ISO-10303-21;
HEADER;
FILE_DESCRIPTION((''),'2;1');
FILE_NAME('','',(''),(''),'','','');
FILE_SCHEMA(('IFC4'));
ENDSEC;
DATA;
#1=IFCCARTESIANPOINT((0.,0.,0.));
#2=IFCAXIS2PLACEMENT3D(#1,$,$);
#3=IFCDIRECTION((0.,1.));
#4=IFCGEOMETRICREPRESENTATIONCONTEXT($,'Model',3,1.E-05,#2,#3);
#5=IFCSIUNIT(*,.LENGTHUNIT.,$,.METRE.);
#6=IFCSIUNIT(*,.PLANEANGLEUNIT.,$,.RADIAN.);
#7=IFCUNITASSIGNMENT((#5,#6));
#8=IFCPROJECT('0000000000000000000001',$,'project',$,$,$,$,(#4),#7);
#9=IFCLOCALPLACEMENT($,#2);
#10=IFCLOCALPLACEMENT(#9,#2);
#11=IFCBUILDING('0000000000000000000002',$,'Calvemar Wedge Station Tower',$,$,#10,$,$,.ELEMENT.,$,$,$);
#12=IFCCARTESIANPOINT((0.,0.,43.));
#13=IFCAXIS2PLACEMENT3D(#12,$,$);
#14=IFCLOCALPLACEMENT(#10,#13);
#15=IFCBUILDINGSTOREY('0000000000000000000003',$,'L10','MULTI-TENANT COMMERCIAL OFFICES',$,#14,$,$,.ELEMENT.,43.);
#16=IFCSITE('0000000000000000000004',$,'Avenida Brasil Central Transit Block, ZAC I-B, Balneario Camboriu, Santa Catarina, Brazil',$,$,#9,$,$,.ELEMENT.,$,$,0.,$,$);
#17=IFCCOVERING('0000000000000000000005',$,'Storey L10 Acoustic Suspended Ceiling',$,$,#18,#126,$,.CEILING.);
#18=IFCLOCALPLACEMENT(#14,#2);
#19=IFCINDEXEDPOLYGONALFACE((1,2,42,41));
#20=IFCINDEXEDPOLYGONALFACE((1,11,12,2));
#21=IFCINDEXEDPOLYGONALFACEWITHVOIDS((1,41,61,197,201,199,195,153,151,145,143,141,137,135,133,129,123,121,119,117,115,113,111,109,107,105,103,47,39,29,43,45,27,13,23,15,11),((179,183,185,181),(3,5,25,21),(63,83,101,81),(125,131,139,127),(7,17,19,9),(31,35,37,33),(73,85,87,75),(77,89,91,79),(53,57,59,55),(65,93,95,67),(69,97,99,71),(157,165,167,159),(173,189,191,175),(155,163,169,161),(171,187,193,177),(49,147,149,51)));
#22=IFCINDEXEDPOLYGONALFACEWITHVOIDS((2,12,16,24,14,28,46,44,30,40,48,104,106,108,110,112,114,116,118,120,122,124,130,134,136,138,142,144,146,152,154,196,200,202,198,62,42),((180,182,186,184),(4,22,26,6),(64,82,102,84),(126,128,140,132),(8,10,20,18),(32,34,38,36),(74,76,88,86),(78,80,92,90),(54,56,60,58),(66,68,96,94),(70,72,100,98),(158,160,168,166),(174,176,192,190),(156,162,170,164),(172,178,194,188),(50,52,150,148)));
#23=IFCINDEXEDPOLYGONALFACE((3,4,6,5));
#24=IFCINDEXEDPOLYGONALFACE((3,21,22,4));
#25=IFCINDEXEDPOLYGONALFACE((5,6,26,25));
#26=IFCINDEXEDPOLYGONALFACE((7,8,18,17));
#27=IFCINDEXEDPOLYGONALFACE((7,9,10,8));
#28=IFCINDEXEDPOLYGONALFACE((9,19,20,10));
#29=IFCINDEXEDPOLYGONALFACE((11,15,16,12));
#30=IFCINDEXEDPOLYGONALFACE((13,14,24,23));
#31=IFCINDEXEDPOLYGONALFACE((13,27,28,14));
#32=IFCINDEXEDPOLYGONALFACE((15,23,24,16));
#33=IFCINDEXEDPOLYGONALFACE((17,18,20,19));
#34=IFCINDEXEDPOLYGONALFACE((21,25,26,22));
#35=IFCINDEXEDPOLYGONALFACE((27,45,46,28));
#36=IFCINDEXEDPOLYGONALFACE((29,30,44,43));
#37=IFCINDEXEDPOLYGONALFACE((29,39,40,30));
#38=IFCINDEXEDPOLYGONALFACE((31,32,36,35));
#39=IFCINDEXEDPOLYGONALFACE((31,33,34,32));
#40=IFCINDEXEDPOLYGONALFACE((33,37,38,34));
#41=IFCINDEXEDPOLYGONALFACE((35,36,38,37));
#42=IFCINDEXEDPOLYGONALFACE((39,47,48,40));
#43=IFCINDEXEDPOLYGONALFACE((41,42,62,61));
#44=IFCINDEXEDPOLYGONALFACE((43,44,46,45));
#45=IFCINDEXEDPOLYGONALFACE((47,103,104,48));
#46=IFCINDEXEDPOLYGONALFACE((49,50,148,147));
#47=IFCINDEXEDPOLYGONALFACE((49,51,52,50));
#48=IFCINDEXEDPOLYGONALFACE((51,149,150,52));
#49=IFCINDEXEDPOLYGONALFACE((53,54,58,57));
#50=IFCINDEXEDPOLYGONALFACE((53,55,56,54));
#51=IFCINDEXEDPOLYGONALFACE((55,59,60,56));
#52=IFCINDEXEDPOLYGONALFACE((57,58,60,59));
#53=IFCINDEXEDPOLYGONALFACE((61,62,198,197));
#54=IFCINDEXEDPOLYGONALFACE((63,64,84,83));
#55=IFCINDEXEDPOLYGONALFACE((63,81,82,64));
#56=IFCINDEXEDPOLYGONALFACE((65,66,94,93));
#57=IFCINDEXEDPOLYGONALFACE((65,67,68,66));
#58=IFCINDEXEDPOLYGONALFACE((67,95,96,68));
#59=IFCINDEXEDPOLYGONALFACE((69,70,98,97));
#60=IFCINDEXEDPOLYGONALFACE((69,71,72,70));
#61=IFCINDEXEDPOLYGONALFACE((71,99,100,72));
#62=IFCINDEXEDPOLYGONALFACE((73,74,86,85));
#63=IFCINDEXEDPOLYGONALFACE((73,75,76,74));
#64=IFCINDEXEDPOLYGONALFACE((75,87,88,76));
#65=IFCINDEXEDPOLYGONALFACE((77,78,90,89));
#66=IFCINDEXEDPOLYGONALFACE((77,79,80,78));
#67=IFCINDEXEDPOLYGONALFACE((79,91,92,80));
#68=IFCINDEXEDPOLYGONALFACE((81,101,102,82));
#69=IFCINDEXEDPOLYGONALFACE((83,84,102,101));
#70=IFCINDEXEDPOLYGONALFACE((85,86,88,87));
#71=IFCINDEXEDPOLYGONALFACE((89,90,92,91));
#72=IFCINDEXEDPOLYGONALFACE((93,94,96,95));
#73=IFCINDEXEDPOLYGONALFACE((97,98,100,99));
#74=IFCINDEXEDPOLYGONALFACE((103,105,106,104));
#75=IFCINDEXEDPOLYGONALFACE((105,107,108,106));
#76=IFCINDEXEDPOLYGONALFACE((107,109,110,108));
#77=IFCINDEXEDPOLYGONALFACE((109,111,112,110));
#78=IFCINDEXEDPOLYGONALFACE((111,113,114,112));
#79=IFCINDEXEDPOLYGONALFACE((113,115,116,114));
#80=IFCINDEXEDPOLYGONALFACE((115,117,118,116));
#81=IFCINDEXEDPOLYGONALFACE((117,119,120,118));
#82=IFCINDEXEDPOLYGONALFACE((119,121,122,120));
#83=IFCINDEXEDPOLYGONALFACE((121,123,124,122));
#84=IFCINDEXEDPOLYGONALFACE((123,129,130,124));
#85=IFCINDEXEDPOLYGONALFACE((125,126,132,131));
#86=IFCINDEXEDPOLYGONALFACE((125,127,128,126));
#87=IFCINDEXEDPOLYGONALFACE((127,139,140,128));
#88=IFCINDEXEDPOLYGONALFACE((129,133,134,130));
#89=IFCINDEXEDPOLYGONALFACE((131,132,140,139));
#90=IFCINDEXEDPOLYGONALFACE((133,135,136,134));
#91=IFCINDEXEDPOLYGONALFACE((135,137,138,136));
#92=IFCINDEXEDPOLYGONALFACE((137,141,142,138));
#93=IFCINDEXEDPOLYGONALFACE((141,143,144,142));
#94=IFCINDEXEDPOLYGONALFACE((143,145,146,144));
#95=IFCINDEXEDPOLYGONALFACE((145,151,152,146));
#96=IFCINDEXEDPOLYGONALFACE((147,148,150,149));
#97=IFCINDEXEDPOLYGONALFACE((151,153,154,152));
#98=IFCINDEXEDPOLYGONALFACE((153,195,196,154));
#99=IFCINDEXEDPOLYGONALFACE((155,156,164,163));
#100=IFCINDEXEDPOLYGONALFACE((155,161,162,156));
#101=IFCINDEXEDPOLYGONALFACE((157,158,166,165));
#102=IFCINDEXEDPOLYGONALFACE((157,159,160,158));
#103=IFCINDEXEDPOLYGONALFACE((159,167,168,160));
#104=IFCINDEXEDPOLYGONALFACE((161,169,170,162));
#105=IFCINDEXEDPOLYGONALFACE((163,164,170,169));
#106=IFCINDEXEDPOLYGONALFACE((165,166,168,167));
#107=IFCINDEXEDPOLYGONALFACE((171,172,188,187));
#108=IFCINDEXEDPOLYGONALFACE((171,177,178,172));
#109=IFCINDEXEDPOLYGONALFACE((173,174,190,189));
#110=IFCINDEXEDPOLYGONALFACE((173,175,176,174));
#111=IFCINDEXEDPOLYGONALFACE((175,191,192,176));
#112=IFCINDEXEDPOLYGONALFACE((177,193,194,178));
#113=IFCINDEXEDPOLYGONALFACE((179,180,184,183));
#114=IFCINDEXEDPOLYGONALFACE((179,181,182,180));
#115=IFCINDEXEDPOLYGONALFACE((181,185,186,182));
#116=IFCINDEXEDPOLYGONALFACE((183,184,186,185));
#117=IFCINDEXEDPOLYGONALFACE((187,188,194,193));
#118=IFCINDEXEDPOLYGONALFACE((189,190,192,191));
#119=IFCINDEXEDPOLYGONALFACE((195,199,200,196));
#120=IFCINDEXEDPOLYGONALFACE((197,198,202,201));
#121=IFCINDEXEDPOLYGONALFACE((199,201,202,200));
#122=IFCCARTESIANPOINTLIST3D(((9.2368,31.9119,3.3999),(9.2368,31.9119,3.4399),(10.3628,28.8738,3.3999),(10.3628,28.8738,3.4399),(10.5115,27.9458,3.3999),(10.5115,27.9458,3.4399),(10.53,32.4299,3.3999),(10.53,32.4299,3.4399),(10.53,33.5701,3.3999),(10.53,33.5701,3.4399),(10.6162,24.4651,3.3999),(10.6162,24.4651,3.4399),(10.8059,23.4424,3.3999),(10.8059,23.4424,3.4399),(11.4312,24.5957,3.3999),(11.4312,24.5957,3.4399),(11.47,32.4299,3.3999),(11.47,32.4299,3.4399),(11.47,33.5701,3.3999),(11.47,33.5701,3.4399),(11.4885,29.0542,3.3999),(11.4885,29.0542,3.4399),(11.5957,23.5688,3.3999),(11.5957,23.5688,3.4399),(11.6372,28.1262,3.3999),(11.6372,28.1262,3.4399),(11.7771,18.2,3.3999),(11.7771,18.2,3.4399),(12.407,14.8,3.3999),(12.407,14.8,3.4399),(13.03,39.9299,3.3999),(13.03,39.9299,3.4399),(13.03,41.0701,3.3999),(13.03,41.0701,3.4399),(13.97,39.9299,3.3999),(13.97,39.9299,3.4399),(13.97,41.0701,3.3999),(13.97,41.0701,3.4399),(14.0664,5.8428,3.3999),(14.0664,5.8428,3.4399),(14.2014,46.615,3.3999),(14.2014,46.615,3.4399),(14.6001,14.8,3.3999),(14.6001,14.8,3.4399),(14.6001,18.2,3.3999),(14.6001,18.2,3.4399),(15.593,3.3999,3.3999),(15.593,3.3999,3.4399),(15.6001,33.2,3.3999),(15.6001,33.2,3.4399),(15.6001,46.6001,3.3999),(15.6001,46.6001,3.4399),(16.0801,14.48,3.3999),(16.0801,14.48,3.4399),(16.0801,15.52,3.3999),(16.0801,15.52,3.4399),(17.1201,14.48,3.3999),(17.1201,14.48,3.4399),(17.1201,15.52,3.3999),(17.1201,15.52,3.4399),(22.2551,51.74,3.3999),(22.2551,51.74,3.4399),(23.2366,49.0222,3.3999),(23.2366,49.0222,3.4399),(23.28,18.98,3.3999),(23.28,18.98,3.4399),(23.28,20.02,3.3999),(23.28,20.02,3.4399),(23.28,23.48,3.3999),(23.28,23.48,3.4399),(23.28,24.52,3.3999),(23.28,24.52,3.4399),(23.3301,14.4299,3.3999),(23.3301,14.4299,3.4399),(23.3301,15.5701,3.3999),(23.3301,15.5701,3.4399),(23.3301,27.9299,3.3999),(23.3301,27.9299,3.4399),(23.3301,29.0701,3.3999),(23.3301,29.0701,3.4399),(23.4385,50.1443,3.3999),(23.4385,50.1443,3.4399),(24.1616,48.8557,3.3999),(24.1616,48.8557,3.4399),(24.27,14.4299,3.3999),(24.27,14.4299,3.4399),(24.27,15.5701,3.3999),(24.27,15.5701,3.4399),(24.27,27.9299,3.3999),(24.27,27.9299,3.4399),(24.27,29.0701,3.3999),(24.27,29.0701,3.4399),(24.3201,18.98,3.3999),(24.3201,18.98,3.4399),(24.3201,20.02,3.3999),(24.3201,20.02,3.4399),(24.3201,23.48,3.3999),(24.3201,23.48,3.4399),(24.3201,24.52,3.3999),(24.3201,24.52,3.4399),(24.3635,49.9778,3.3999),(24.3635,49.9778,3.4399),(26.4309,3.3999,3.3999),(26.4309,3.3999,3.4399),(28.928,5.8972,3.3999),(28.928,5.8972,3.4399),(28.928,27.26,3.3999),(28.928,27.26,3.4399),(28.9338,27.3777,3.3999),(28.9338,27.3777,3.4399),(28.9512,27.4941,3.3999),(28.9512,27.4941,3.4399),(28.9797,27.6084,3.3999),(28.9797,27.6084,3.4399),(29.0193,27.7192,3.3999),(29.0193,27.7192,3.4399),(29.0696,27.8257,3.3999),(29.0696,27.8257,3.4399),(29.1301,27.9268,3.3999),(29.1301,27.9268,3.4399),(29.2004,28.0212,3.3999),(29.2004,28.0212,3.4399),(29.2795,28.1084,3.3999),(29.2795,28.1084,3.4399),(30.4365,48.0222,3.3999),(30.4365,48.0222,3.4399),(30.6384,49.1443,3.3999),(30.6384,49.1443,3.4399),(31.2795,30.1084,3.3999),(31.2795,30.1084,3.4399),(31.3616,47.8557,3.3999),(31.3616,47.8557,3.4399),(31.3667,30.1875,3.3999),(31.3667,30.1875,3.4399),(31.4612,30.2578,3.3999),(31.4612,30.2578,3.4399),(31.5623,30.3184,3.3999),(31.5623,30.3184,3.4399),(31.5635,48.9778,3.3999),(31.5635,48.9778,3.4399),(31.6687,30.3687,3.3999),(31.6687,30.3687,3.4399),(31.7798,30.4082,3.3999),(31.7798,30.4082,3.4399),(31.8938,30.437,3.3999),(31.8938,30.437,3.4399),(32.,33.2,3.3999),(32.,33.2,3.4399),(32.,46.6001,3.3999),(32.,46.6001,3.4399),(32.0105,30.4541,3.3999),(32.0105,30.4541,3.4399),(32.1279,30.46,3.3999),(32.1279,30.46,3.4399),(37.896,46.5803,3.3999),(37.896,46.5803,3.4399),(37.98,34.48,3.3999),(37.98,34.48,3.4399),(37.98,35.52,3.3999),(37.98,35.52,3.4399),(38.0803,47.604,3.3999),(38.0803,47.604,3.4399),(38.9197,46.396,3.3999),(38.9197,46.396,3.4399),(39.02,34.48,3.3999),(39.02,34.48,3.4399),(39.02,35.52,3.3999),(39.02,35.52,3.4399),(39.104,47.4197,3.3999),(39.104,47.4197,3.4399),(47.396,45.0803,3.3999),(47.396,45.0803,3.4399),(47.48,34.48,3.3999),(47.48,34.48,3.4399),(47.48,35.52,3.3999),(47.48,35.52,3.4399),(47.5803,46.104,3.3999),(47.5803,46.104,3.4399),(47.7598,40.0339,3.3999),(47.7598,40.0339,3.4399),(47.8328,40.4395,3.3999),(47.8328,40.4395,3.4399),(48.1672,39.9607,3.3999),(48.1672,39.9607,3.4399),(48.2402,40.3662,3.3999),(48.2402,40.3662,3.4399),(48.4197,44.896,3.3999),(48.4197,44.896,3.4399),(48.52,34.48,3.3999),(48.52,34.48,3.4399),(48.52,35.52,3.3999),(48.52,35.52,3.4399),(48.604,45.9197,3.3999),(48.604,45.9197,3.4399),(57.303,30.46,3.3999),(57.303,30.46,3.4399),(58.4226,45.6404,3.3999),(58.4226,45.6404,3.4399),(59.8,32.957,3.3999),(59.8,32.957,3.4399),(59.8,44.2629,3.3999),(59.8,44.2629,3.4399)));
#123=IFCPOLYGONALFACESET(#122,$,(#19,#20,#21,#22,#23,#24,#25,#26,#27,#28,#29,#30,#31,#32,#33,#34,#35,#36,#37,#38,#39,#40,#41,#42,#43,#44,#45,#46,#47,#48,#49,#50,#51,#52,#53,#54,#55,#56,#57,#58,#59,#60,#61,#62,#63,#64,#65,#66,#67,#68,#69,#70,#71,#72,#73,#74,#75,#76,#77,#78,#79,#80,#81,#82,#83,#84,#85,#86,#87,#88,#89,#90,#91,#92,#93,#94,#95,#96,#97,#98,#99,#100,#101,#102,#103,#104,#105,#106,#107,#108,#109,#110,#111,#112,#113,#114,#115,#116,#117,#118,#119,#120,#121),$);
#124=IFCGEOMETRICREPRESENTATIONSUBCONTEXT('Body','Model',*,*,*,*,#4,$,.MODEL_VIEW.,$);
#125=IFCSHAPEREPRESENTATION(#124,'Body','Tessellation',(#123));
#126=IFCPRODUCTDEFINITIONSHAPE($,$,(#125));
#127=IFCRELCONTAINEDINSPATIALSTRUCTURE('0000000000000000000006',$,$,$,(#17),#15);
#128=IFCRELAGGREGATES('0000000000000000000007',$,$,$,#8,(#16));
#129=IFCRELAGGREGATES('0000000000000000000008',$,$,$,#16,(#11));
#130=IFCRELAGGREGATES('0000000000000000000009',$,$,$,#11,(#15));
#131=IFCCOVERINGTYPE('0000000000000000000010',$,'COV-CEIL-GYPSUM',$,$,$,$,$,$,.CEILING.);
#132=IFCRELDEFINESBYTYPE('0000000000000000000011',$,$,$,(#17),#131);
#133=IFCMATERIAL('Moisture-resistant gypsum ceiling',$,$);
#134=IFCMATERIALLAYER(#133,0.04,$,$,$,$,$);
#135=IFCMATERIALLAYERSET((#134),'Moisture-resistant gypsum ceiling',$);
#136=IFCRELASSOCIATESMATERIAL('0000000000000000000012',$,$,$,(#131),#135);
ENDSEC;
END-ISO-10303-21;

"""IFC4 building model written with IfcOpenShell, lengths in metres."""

from ifc_helpers import new_model, si_unit, direction, frame, origin, place, context, subcontext, project, spatial, polyline, outline, extrude, material, layer, layer_set, type_object, element, save


model = new_model("IFC4")

# Units and contexts
model_context = context("Model", 3, precision=1e-05, world=origin(), true_north=direction((0.0, 1.0)))
body_context = subcontext(model_context, "Body", "Model", "MODEL_VIEW")
ifc_project = project(units=[si_unit("LENGTHUNIT", "METRE"), si_unit("PLANEANGLEUNIT", "RADIAN")], contexts=[model_context])

# Site, building, storey
site_placement = place(None, origin())
site = spatial("IfcSite", under=ifc_project, at=site_placement, Name="Avenida Brasil Central Transit Block, ZAC I-B, Balneario Camboriu, Santa Catarina, Brazil", CompositionType="ELEMENT", RefElevation=0.0)
building_placement = place(site_placement, origin())
building = spatial("IfcBuilding", under=site, at=building_placement, Name="Calvemar Wedge Station Tower", CompositionType="ELEMENT")
storey_placement = place(building_placement, frame((0.0, 0.0, 43.0)))
storey = spatial("IfcBuildingStorey", under=building, at=storey_placement, Name="L10", Description="MULTI-TENANT COMMERCIAL OFFICES", CompositionType="ELEMENT", Elevation=43.0)

# Covering
ifc_material_1 = material(Name="Moisture-resistant gypsum ceiling")
ifc_layer_1 = layer(ifc_material_1, 0.04)
ifc_layer_set_1 = layer_set([ifc_layer_1], Name="Moisture-resistant gypsum ceiling")
covering_type_1 = type_object("IfcCoveringType", Name="COV-CEIL-GYPSUM", PredefinedType="CEILING", material=ifc_layer_set_1)
covering_1_placement = place(storey_placement, frame((0.0, 0.0, 3.3999)))
element("IfcCovering", 1, at=covering_1_placement, inside=storey, type_object=covering_type_1, Name="Storey L10 Acoustic Suspended Ceiling", PredefinedType="CEILING", context=body_context, shape_type="SweptSolid", body=[
    extrude(outline(polyline([(29.2795, 28.1084), (31.2795, 30.1084), (31.3667, 30.1875), (31.4612, 30.2578), (31.5623, 30.3184), (31.6687, 30.3687), (31.7798, 30.4082), (31.8938, 30.437), (32.0105, 30.4541), (32.1279, 30.46), (57.303, 30.46), (59.8, 32.957), (59.8, 44.2629), (58.4226, 45.6404), (22.2551, 51.74), (14.2014, 46.615), (9.2368, 31.9119), (10.6162, 24.4651), (11.4312, 24.5957), (11.5957, 23.5688), (10.8059, 23.4424), (11.7771, 18.2), (14.6001, 18.2), (14.6001, 14.8), (12.407, 14.8), (14.0664, 5.8428), (15.593, 3.3999), (26.4309, 3.3999), (28.928, 5.8972), (28.928, 27.26), (28.9338, 27.3777), (28.9512, 27.4941), (28.9797, 27.6084), (29.0193, 27.7192), (29.0696, 27.8257), (29.1301, 27.9268), (29.2004, 28.0212), (29.2795, 28.1084)]), holes=[polyline([(15.6001, 46.6001), (32.0, 46.6001), (32.0, 33.2), (15.6001, 33.2), (15.6001, 46.6001)]), polyline([(10.53, 32.4299), (10.53, 33.5701), (11.47, 33.5701), (11.47, 32.4299), (10.53, 32.4299)]), polyline([(13.03, 41.0701), (13.97, 41.0701), (13.97, 39.9299), (13.03, 39.9299), (13.03, 41.0701)]), polyline([(24.3635, 49.9778), (24.1616, 48.8557), (23.2366, 49.0222), (23.4385, 50.1443), (24.3635, 49.9778)]), polyline([(31.3616, 47.8557), (30.4365, 48.0222), (30.6384, 49.1443), (31.5635, 48.9778), (31.3616, 47.8557)]), polyline([(37.896, 46.5803), (38.0803, 47.604), (39.104, 47.4197), (38.9197, 46.396), (37.896, 46.5803)]), polyline([(47.5803, 46.104), (48.604, 45.9197), (48.4197, 44.896), (47.396, 45.0803), (47.5803, 46.104)]), polyline([(39.02, 35.52), (39.02, 34.48), (37.98, 34.48), (37.98, 35.52), (39.02, 35.52)]), polyline([(48.52, 34.48), (47.48, 34.48), (47.48, 35.52), (48.52, 35.52), (48.52, 34.48)]), polyline([(47.7598, 40.0339), (47.8328, 40.4395), (48.2402, 40.3662), (48.1672, 39.9607), (47.7598, 40.0339)]), polyline([(11.4885, 29.0542), (11.6372, 28.1262), (10.5115, 27.9458), (10.3628, 28.8738), (11.4885, 29.0542)]), polyline([(24.27, 27.9299), (23.3301, 27.9299), (23.3301, 29.0701), (24.27, 29.0701), (24.27, 27.9299)]), polyline([(23.28, 23.48), (23.28, 24.52), (24.3201, 24.52), (24.3201, 23.48), (23.28, 23.48)]), polyline([(23.28, 20.02), (24.3201, 20.02), (24.3201, 18.98), (23.28, 18.98), (23.28, 20.02)]), polyline([(24.27, 15.5701), (24.27, 14.4299), (23.3301, 14.4299), (23.3301, 15.5701), (24.27, 15.5701)]), polyline([(17.1201, 14.48), (16.0801, 14.48), (16.0801, 15.52), (17.1201, 15.52), (17.1201, 14.48)])]), origin(), (0.0, 0.0, 1.0), 0.04),
])

save(model, "model.ifc")
